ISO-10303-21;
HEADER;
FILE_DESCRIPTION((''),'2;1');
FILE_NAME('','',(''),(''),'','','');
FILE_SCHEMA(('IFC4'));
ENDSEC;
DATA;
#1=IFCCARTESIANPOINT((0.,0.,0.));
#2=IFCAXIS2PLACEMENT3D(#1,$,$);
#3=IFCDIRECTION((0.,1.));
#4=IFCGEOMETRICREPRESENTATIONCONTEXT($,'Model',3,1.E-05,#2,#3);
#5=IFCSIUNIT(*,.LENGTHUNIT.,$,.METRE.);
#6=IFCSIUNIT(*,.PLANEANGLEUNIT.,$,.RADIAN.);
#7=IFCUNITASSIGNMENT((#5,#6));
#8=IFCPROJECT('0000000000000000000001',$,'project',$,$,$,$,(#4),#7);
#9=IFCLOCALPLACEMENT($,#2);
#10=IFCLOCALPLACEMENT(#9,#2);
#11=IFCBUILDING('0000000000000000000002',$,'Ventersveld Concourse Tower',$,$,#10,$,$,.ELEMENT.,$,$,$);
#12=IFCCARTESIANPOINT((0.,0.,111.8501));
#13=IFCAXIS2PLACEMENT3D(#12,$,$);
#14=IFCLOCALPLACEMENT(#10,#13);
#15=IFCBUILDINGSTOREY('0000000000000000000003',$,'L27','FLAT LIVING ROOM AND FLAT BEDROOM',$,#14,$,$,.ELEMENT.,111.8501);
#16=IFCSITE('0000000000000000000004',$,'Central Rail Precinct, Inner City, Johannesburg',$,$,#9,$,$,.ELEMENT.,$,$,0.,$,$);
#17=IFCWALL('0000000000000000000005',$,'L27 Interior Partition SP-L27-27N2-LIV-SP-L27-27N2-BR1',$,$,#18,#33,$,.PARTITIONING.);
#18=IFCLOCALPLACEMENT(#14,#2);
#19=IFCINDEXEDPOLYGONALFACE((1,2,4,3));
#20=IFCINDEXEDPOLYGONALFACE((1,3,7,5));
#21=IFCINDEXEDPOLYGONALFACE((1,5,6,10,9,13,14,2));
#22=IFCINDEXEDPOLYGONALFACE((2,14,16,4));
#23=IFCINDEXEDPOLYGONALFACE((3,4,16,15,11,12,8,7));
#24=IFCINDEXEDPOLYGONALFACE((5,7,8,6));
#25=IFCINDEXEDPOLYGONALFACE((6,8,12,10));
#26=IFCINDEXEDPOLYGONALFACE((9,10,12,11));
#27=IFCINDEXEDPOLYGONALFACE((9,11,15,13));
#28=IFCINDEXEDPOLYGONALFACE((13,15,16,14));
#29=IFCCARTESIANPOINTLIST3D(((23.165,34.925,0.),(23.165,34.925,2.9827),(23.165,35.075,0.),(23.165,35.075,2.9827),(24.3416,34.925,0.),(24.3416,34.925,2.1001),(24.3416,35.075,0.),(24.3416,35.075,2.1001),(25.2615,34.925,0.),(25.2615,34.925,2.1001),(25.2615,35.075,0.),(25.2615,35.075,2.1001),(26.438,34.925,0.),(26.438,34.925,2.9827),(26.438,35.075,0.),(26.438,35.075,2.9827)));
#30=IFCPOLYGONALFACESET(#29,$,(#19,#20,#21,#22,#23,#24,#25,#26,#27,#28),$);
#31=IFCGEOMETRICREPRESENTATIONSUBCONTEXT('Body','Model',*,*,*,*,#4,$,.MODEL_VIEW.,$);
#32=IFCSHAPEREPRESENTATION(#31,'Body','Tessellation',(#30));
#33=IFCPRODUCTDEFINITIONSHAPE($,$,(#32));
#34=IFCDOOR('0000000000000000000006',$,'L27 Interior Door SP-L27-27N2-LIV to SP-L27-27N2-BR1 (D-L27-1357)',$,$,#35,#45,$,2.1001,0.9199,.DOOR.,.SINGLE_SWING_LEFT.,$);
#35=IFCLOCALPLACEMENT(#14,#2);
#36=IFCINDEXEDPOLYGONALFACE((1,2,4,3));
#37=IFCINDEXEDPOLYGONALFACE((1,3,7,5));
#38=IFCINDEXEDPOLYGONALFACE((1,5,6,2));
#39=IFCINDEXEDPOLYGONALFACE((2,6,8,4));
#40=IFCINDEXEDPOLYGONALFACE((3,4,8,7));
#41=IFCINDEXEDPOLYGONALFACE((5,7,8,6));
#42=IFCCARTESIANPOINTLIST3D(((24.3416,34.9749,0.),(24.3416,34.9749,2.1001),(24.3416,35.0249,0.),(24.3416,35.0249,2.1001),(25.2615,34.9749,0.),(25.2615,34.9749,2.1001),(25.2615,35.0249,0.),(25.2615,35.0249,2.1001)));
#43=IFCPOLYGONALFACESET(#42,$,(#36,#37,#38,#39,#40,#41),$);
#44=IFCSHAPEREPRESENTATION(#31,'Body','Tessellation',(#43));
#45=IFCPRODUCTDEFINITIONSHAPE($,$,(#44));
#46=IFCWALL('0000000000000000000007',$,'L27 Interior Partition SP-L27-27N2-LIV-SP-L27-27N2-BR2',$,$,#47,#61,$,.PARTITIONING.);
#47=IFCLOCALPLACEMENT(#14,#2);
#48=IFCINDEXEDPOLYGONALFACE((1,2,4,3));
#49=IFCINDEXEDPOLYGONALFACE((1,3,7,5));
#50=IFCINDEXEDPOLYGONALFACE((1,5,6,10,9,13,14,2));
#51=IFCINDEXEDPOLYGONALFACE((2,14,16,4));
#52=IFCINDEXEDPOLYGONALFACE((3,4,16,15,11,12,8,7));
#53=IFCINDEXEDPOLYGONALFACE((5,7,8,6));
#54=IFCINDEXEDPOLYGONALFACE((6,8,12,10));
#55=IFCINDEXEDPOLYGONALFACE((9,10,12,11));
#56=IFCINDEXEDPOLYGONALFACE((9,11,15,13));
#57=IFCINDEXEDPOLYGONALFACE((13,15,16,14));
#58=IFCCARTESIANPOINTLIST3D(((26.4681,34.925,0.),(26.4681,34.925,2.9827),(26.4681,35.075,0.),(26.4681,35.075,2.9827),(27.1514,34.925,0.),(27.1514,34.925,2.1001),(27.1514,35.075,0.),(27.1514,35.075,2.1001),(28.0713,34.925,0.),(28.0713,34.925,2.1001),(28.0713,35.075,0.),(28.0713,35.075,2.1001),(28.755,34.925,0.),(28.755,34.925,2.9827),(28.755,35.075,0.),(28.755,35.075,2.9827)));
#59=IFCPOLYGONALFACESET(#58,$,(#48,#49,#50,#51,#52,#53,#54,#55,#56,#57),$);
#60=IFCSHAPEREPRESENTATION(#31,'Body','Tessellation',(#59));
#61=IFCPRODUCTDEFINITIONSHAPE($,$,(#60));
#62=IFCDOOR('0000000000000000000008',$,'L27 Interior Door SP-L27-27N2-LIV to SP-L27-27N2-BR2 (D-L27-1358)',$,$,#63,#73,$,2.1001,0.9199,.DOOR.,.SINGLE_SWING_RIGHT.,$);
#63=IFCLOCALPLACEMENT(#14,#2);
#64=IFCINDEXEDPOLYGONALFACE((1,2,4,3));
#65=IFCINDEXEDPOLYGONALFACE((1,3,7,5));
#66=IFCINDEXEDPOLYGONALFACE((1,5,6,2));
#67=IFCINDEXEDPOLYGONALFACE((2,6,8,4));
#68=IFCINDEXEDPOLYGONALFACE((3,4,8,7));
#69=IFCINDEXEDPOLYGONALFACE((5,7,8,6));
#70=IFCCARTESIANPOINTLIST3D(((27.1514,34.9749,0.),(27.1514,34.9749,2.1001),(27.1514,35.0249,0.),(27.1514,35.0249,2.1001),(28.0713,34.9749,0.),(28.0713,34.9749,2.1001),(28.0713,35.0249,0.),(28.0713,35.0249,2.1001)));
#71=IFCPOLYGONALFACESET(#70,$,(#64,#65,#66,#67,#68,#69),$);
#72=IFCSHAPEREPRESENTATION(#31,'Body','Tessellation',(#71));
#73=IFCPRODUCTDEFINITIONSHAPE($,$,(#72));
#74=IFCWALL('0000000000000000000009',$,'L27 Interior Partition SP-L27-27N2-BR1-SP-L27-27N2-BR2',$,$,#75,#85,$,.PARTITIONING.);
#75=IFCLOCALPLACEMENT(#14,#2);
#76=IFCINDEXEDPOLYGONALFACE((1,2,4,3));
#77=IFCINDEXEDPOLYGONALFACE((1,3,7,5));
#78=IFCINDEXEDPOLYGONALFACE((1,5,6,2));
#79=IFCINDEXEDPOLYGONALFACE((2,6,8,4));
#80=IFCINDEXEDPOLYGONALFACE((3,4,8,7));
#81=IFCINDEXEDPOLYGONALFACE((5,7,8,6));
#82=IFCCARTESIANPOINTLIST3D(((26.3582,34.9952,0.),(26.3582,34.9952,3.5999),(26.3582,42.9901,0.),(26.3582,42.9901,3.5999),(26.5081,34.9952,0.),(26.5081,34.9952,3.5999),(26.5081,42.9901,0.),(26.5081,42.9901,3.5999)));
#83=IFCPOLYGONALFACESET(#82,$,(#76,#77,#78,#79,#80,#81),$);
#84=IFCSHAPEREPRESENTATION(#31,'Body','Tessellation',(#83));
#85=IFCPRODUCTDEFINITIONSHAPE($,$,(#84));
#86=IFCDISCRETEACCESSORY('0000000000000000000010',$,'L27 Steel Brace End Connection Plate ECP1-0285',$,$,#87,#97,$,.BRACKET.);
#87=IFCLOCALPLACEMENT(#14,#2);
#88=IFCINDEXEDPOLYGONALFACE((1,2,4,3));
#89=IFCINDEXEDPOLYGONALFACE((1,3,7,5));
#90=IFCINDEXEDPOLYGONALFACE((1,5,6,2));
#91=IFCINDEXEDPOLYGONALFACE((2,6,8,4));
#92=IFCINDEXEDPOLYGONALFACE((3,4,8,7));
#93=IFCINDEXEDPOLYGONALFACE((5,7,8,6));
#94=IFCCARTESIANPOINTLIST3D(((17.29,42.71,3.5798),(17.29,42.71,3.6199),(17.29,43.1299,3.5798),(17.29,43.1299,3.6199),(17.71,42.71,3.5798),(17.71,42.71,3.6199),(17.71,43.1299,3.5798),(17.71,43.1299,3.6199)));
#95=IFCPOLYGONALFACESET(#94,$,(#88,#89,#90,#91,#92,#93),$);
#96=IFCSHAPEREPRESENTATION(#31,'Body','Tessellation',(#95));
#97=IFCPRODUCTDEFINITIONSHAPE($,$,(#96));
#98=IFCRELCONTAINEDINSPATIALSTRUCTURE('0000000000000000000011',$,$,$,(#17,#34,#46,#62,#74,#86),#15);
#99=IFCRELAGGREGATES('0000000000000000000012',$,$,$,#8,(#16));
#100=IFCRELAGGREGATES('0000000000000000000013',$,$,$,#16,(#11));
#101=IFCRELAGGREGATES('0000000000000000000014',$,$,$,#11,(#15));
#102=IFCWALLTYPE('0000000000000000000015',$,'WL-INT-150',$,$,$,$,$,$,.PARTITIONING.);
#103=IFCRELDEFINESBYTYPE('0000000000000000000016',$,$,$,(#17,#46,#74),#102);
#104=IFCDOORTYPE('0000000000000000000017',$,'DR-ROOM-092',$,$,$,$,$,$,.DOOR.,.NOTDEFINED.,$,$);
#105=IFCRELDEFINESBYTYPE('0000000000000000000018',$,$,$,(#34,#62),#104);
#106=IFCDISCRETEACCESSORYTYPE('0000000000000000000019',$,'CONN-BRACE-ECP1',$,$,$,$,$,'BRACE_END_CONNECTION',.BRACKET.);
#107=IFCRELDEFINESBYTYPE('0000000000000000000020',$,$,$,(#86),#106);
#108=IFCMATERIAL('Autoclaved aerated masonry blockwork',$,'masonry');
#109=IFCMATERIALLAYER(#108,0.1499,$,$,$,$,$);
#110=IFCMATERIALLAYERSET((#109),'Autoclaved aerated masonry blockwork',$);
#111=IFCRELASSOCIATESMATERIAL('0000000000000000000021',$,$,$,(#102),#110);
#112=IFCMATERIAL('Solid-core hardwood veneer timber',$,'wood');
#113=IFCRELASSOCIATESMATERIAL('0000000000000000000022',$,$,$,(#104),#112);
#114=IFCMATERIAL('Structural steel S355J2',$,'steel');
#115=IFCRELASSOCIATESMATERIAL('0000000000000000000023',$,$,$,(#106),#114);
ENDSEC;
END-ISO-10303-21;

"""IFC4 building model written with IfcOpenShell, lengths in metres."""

from ifc_helpers import new_model, si_unit, direction, frame, frame_2d, origin, origin_2d, place, context, subcontext, project, spatial, rectangle, extrude, material, layer, layer_set, type_object, element, fill, save


model = new_model("IFC4")

# Units and contexts
model_context = context("Model", 3, precision=1e-05, world=origin(), true_north=direction((0.0, 1.0)))
body_context = subcontext(model_context, "Body", "Model", "MODEL_VIEW")
ifc_project = project(units=[si_unit("LENGTHUNIT", "METRE"), si_unit("PLANEANGLEUNIT", "RADIAN")], contexts=[model_context])

# Site, building, storey
site_placement = place(None, origin())
site = spatial("IfcSite", under=ifc_project, at=site_placement, Name="Central Rail Precinct, Inner City, Johannesburg", CompositionType="ELEMENT", RefElevation=0.0)
building_placement = place(site_placement, origin())
building = spatial("IfcBuilding", under=site, at=building_placement, Name="Ventersveld Concourse Tower", CompositionType="ELEMENT")
storey_placement = place(building_placement, frame((0.0, 0.0, 111.8501)))
storey = spatial("IfcBuildingStorey", under=building, at=storey_placement, Name="L27", Description="FLAT LIVING ROOM AND FLAT BEDROOM", CompositionType="ELEMENT", Elevation=111.8501)

# Shared definitions
ifc_material_1 = material(Name="Structural steel S355J2", Category="steel")

# Shared definitions
ifc_material_2 = material(Name="Autoclaved aerated masonry blockwork", Category="masonry")
ifc_layer_1 = layer(ifc_material_2, 0.1499)
ifc_layer_set_1 = layer_set([ifc_layer_1], Name="Autoclaved aerated masonry blockwork")
wall_type_1 = type_object("IfcWallType", Name="WL-INT-150", PredefinedType="PARTITIONING", material=ifc_layer_set_1)

# Shared definitions
ifc_material_3 = material(Name="Solid-core hardwood veneer timber", Category="wood")
door_type = type_object("IfcDoorType", Name="DR-ROOM-092", OperationType="NOTDEFINED", PredefinedType="DOOR", material=ifc_material_3)

# Walls, openings, doors
wall_1_placement = place(storey_placement, frame((23.165, 35.0, 0.0), z_axis=(0.0, 0.0, 1.0), x_axis=(1.0, 0.0, 0.0)))
wall_1 = element("IfcWall", 1, at=wall_1_placement, inside=storey, type_object=wall_type_1, Name="L27 Interior Partition SP-L27-27N2-LIV-SP-L27-27N2-BR1", PredefinedType="PARTITIONING", context=body_context, shape_type="SweptSolid", body=[
    extrude(rectangle(XDim=3.2729, YDim=0.1499, at=frame_2d((1.6365, 0.0))), origin(), (0.0, 0.0, 1.0), 2.9827),
])
opening_1_placement = place(wall_1_placement, frame((1.1765, 0.0, 0.0)))
opening_1 = element("IfcOpeningElement", 2, at=opening_1_placement, cuts=wall_1, PredefinedType="OPENING", context=body_context, shape_type="SweptSolid", body=[
    extrude(rectangle(XDim=0.9199, YDim=2.1001, at=frame_2d((0.46, 1.05))), frame((0.0, 0.085, 0.0), z_axis=(0.0, -1.0, 0.0), x_axis=(1.0, 0.0, 0.0)), (0.0, 0.0, 1.0), 0.1699),
])
door_1_placement = place(opening_1_placement, origin())
door_1 = element("IfcDoor", 3, at=door_1_placement, inside=storey, type_object=door_type, Name="L27 Interior Door SP-L27-27N2-LIV to SP-L27-27N2-BR1 (D-L27-1357)", OperationType="SINGLE_SWING_LEFT", OverallHeight=2.1001, OverallWidth=0.9199, PredefinedType="DOOR", context=body_context, shape_type="SweptSolid", body=[
    extrude(rectangle(XDim=0.9199, YDim=2.1001, at=frame_2d((0.46, 1.05))), frame((0.0, 0.0249, 0.0), z_axis=(0.0, -1.0, 0.0), x_axis=(1.0, 0.0, 0.0)), (0.0, 0.0, 1.0), 0.05),
])
fill(opening_1, door_1)
wall_2_placement = place(storey_placement, frame((26.468, 35.0, 0.0), z_axis=(0.0, 0.0, 1.0), x_axis=(1.0, 0.0, 0.0)))
wall_2 = element("IfcWall", 4, at=wall_2_placement, inside=storey, type_object=wall_type_1, Name="L27 Interior Partition SP-L27-27N2-LIV-SP-L27-27N2-BR2", PredefinedType="PARTITIONING", context=body_context, shape_type="SweptSolid", body=[
    extrude(rectangle(XDim=2.2869, YDim=0.1499, at=frame_2d((1.1436, 0.0))), origin(), (0.0, 0.0, 1.0), 2.9827),
])
opening_2_placement = place(wall_2_placement, frame((0.6833, 0.0, 0.0)))
opening_2 = element("IfcOpeningElement", 5, at=opening_2_placement, cuts=wall_2, PredefinedType="OPENING", context=body_context, shape_type="SweptSolid", body=[
    extrude(rectangle(XDim=0.9199, YDim=2.1001, at=frame_2d((0.46, 1.05))), frame((0.0, 0.085, 0.0), z_axis=(0.0, -1.0, 0.0), x_axis=(1.0, 0.0, 0.0)), (0.0, 0.0, 1.0), 0.1699),
])
door_2_placement = place(opening_2_placement, origin())
door_2 = element("IfcDoor", 6, at=door_2_placement, inside=storey, type_object=door_type, Name="L27 Interior Door SP-L27-27N2-LIV to SP-L27-27N2-BR2 (D-L27-1358)", OperationType="SINGLE_SWING_RIGHT", OverallHeight=2.1001, OverallWidth=0.9199, PredefinedType="DOOR", context=body_context, shape_type="SweptSolid", body=[
    extrude(rectangle(XDim=0.9199, YDim=2.1001, at=frame_2d((0.46, 1.05))), frame((0.0, 0.0249, 0.0), z_axis=(0.0, -1.0, 0.0), x_axis=(1.0, 0.0, 0.0)), (0.0, 0.0, 1.0), 0.05),
])
fill(opening_2, door_2)

# Wall
wall_3_placement = place(storey_placement, frame((26.4331, 34.9951, 0.0), z_axis=(0.0, 0.0, 1.0), x_axis=(0.0, 1.0, 0.0)))
element("IfcWall", 7, at=wall_3_placement, inside=storey, type_object=wall_type_1, Name="L27 Interior Partition SP-L27-27N2-BR1-SP-L27-27N2-BR2", PredefinedType="PARTITIONING", context=body_context, shape_type="SweptSolid", body=[
    extrude(rectangle(XDim=7.9949, YDim=0.1499, at=frame_2d((3.9976, 0.0))), origin(), (0.0, 0.0, 1.0), 3.5999),
])

# Discrete accessory
discrete_accessory_type = type_object("IfcDiscreteAccessoryType", Name="CONN-BRACE-ECP1", ElementType="BRACE_END_CONNECTION", PredefinedType="BRACKET", material=ifc_material_1)
discrete_accessory_placement = place(storey_placement, frame((17.5, 42.9199, 3.5798), z_axis=(0.0, 0.0, 1.0), x_axis=(1.0, 0.0, 0.0)))
element("IfcDiscreteAccessory", 8, at=discrete_accessory_placement, inside=storey, type_object=discrete_accessory_type, Name="L27 Steel Brace End Connection Plate ECP1-0285", PredefinedType="BRACKET", context=body_context, shape_type="SweptSolid", body=[
    extrude(rectangle(XDim=0.4199, YDim=0.4199, at=origin_2d()), origin(), (0.0, 0.0, 1.0), 0.04),
])

save(model, "model.ifc")
